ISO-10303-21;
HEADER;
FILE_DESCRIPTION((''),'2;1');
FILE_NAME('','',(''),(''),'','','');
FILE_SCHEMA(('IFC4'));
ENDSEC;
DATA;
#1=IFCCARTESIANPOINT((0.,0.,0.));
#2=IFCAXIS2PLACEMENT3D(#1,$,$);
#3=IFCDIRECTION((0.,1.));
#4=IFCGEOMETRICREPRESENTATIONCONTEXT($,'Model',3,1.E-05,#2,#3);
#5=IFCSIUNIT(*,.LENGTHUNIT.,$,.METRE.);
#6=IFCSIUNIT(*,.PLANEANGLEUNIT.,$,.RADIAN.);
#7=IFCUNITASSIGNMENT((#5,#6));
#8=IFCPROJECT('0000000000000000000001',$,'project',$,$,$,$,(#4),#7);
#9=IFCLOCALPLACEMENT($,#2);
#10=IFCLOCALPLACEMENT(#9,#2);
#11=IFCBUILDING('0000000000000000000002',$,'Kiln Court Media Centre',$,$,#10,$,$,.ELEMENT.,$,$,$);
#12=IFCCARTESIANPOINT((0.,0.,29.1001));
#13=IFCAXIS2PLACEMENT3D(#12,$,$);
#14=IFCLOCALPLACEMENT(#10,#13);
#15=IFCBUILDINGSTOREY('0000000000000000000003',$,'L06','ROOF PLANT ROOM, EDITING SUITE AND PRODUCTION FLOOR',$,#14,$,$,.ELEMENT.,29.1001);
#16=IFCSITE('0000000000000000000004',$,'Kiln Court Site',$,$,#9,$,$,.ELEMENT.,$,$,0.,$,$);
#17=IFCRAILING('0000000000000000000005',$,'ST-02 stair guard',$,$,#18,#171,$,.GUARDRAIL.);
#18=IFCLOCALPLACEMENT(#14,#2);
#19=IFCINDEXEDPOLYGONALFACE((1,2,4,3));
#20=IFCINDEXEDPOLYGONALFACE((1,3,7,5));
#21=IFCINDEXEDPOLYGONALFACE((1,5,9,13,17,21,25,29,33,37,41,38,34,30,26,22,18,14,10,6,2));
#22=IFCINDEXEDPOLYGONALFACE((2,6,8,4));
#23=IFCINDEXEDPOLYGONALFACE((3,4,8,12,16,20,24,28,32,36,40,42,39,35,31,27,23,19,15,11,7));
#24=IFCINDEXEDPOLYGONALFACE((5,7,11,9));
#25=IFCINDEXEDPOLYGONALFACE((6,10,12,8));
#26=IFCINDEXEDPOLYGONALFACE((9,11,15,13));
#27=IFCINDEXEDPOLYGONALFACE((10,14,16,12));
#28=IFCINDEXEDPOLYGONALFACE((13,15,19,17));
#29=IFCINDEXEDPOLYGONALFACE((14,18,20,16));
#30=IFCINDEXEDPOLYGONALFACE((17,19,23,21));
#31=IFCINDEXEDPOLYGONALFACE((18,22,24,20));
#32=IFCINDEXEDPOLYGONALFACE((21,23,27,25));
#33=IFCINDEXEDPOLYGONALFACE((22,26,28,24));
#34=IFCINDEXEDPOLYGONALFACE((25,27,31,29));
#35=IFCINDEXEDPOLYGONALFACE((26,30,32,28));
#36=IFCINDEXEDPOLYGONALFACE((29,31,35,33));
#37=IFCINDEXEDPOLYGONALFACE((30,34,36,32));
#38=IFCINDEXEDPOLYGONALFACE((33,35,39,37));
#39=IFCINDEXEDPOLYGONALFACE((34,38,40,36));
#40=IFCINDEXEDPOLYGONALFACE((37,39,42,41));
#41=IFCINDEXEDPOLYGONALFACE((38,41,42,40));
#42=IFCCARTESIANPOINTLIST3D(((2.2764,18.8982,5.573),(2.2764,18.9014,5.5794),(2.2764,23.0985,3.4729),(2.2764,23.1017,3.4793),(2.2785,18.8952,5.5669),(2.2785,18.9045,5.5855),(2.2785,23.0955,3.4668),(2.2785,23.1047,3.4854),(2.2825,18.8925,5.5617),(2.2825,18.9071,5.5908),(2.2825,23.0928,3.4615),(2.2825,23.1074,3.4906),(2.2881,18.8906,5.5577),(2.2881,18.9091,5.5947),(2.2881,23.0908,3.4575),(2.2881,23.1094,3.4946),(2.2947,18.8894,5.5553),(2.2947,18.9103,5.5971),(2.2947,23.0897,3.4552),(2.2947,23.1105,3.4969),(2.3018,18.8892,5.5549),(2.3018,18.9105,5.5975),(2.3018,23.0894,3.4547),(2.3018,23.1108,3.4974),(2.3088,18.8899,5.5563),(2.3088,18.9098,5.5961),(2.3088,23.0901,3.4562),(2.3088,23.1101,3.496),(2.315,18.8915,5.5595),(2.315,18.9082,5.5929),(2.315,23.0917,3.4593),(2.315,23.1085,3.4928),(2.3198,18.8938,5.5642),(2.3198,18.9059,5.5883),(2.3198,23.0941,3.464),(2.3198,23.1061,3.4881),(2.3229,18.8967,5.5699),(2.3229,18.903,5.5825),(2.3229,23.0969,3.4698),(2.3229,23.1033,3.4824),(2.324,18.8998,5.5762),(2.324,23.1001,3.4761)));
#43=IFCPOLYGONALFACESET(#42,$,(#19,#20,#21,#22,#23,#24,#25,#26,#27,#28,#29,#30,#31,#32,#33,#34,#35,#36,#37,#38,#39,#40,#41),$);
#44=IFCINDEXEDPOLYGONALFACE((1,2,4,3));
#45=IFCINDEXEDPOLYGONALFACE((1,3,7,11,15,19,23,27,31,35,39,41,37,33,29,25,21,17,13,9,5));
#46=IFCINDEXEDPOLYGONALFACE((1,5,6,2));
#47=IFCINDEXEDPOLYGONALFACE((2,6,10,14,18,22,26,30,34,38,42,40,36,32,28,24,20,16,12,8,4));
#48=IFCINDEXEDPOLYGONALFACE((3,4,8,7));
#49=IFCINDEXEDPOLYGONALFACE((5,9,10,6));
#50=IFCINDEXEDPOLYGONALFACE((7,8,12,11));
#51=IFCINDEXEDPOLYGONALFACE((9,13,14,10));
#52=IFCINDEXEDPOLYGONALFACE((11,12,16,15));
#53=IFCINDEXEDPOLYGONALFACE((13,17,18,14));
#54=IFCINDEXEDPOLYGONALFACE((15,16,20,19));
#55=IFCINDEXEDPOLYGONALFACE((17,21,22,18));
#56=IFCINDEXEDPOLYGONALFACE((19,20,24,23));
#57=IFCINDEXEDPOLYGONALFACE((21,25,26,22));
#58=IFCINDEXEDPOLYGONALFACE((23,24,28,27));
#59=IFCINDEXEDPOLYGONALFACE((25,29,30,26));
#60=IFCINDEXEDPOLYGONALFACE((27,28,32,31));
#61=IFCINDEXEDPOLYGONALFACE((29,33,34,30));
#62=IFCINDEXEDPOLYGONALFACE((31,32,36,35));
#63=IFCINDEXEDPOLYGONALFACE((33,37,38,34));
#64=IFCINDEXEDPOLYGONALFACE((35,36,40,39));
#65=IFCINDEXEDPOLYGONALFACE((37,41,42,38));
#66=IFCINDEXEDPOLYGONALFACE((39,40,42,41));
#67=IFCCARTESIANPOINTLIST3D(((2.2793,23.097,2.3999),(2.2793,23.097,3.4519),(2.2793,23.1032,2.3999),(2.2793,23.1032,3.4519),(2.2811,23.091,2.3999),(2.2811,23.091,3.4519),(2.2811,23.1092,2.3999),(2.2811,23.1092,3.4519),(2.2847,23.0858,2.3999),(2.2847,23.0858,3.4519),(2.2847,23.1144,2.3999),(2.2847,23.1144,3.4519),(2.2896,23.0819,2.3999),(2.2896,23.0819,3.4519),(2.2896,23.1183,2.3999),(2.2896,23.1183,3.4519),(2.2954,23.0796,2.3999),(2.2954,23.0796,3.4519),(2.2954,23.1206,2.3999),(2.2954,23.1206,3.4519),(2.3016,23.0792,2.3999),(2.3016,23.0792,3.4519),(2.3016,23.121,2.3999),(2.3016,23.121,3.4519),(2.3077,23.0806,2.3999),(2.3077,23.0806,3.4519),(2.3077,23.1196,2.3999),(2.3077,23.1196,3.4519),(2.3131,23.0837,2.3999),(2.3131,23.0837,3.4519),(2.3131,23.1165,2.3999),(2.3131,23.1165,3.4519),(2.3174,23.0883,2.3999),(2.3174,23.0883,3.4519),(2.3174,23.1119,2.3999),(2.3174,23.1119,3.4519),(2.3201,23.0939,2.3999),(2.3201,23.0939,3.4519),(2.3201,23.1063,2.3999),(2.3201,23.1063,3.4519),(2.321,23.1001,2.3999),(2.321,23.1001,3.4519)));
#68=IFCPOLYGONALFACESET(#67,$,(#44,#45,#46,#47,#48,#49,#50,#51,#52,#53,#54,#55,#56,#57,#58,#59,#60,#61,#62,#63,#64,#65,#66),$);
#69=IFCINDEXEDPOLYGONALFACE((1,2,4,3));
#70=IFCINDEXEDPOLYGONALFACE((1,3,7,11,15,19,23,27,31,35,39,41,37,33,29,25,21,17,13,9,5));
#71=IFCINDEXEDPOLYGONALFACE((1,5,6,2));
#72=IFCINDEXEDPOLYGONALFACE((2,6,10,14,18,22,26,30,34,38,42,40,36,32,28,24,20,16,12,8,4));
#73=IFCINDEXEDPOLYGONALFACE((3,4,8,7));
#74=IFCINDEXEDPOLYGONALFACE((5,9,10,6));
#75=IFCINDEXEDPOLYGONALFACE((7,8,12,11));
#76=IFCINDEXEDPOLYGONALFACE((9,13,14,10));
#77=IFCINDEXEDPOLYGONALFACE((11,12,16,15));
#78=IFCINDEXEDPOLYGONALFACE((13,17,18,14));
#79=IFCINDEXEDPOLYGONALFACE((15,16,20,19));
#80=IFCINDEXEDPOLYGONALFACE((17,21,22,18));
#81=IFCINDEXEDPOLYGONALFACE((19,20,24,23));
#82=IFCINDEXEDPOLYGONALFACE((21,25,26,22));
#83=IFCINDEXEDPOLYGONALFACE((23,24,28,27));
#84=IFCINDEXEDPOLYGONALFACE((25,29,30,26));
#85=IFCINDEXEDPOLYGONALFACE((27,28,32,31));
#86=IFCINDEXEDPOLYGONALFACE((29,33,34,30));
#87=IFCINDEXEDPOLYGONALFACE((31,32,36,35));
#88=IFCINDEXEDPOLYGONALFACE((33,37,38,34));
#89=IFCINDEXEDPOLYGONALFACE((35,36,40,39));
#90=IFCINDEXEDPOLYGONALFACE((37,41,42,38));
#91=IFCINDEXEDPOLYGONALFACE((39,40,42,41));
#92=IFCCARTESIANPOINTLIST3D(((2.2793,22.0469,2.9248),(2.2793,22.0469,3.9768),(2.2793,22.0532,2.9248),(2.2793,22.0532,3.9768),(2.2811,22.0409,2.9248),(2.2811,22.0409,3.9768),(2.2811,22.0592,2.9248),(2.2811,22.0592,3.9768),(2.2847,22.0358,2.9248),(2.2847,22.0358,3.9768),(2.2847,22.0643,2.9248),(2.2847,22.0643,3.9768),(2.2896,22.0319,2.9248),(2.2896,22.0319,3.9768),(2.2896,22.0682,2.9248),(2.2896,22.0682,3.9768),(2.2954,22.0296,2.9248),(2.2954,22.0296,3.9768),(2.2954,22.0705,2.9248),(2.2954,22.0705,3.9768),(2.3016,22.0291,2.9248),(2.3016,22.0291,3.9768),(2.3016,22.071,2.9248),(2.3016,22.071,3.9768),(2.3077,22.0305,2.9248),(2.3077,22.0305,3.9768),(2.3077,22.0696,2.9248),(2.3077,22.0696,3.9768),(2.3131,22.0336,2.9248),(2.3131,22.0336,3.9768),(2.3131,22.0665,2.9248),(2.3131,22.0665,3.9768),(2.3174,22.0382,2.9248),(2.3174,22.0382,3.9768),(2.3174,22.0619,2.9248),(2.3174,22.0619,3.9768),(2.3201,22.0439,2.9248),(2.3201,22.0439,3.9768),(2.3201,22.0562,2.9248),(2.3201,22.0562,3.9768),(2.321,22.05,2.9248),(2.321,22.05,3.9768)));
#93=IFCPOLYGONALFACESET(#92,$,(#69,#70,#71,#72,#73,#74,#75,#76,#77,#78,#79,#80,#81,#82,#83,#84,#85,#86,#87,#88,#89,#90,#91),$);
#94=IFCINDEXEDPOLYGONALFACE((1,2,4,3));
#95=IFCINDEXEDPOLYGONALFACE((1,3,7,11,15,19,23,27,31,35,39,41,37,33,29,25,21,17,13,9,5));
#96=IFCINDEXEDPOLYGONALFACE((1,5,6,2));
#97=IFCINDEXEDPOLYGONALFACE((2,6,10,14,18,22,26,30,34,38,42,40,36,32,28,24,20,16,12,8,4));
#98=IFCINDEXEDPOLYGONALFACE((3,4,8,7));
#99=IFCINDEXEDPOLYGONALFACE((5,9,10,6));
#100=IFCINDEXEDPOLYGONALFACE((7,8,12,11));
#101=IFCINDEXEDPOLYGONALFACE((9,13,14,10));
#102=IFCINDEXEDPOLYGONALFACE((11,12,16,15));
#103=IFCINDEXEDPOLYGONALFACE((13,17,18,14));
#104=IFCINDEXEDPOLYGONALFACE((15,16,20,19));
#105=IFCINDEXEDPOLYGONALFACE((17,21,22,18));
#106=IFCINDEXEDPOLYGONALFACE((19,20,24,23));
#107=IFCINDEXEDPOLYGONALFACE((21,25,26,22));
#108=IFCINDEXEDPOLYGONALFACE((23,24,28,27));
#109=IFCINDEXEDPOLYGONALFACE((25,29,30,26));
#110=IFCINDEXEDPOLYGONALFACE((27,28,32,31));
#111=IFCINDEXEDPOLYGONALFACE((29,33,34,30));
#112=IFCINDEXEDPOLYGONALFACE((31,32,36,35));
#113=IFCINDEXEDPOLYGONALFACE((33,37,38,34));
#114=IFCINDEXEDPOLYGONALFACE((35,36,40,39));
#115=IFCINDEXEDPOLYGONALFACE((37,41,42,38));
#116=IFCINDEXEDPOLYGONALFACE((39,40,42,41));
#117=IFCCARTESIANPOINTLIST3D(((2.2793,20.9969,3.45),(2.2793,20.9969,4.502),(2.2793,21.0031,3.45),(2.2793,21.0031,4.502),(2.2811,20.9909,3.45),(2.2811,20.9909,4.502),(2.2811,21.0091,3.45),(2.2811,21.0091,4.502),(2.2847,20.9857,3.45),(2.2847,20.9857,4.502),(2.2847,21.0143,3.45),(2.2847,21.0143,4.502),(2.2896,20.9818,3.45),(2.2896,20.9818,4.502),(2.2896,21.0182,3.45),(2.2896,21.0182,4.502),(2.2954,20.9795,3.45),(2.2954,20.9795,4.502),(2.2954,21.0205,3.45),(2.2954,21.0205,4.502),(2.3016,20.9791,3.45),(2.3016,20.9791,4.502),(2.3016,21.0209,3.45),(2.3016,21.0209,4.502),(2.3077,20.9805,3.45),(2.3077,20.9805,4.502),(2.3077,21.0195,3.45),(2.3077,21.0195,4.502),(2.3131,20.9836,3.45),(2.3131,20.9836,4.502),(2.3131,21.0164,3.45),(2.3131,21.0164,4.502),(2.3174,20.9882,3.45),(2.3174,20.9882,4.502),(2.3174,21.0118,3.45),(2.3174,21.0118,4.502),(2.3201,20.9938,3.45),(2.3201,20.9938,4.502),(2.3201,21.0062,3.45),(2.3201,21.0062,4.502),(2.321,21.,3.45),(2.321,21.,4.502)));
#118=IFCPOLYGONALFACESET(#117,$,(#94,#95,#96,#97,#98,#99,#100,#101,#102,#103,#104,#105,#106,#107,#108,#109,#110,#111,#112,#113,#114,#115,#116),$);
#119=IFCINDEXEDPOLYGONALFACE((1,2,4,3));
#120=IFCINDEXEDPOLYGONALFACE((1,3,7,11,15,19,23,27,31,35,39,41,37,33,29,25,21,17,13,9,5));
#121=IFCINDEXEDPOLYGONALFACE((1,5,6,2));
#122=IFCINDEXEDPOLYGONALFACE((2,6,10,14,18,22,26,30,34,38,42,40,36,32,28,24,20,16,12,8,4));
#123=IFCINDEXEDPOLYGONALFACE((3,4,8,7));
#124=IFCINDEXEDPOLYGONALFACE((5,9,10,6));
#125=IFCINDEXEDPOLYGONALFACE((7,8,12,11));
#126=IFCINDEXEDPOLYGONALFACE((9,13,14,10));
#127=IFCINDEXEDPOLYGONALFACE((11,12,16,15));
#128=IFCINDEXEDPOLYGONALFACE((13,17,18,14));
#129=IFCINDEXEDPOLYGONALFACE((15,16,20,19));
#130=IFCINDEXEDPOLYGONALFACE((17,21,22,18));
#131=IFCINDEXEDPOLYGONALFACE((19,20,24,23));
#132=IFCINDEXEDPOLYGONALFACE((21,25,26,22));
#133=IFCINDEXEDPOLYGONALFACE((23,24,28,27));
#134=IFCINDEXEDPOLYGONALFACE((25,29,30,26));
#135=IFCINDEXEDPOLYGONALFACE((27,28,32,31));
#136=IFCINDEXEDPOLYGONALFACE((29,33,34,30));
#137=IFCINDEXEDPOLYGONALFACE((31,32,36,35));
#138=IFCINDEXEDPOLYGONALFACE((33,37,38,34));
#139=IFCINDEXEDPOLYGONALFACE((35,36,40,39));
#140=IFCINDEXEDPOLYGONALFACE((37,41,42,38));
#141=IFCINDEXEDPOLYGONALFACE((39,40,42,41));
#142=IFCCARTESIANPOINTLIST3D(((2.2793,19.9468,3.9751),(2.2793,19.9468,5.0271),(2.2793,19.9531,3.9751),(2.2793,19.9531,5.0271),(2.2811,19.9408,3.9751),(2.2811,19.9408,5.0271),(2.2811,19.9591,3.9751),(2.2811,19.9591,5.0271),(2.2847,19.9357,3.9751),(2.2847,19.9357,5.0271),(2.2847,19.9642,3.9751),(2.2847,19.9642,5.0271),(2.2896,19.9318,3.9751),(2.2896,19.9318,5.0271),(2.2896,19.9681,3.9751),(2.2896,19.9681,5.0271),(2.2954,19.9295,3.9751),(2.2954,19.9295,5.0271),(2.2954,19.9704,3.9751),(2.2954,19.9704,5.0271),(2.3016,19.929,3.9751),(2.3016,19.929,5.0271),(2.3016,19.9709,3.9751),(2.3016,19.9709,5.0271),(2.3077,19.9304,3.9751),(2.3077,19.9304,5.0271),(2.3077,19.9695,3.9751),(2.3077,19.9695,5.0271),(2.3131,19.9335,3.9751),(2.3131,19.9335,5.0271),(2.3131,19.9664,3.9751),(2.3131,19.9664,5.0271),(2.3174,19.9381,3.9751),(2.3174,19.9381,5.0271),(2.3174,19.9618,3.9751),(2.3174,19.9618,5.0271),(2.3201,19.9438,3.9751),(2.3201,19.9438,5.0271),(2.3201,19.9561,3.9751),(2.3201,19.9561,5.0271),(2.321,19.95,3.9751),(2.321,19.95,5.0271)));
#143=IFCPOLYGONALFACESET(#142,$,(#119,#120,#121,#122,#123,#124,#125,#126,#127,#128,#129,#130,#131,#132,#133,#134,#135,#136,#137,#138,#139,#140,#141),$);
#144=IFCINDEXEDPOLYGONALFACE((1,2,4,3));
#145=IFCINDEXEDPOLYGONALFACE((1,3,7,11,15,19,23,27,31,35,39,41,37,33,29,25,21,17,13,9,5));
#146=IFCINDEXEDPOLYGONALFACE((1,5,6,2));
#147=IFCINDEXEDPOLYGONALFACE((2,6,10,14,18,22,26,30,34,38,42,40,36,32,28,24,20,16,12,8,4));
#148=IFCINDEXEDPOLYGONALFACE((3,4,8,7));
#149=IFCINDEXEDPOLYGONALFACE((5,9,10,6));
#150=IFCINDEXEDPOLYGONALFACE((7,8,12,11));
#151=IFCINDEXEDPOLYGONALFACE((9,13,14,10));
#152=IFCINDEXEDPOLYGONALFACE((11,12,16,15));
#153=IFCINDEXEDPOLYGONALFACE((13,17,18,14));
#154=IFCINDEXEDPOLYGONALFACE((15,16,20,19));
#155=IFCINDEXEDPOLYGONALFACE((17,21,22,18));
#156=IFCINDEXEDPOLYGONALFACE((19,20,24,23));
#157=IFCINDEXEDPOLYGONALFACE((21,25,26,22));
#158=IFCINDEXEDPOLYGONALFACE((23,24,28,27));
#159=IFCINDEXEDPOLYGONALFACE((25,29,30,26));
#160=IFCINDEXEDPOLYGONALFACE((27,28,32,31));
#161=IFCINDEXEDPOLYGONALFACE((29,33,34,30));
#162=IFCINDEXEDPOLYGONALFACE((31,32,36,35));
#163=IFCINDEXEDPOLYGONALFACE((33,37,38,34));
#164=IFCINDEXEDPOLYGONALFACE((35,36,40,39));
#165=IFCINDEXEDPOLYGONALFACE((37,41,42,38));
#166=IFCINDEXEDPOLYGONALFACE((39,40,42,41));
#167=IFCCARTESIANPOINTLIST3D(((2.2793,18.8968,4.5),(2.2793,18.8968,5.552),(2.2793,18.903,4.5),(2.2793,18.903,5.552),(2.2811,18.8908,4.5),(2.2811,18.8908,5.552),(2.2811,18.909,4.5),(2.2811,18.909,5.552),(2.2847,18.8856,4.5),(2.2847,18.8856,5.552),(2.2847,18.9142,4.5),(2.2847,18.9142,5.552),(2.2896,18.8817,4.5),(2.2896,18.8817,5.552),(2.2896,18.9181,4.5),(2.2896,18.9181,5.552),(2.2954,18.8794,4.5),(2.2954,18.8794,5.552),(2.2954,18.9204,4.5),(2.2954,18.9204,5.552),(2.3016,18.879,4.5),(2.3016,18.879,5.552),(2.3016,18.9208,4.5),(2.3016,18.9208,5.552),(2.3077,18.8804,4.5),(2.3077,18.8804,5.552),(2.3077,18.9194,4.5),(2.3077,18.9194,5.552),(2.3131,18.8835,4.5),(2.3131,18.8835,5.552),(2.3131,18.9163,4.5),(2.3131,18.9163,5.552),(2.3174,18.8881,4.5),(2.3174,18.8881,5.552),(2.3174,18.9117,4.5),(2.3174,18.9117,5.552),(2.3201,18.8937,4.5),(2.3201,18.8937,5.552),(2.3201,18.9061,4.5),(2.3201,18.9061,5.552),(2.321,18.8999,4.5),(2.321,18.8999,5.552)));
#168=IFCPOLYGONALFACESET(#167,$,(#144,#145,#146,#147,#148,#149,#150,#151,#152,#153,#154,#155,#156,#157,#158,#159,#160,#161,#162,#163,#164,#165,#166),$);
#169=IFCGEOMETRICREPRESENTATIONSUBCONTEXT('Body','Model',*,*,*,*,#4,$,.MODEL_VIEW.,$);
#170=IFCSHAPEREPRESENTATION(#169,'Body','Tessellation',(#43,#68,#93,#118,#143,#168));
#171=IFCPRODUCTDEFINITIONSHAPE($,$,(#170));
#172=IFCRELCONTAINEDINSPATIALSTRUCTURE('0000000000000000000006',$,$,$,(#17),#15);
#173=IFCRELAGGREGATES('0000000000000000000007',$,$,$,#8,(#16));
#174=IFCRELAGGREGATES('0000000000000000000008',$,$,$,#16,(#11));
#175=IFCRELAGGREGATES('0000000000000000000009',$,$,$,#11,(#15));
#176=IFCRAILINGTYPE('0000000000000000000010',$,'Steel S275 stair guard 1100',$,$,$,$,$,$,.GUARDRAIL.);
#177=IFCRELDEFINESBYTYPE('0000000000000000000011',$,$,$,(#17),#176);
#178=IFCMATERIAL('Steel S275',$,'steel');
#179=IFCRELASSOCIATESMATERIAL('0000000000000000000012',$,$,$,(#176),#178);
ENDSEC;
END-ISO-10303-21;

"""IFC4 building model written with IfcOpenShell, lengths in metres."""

from ifc_helpers import new_model, si_unit, direction, frame, origin, origin_2d, place, context, subcontext, project, spatial, circle, extrude, material, type_object, element, save


model = new_model("IFC4")

# Units and contexts
model_context = context("Model", 3, precision=1e-05, world=origin(), true_north=direction((0.0, 1.0)))
body_context = subcontext(model_context, "Body", "Model", "MODEL_VIEW")
ifc_project = project(units=[si_unit("LENGTHUNIT", "METRE"), si_unit("PLANEANGLEUNIT", "RADIAN")], contexts=[model_context])

# Site, building, storey
site_placement = place(None, origin())
site = spatial("IfcSite", under=ifc_project, at=site_placement, Name="Kiln Court Site", CompositionType="ELEMENT", RefElevation=0.0)
building_placement = place(site_placement, origin())
building = spatial("IfcBuilding", under=site, at=building_placement, Name="Kiln Court Media Centre", CompositionType="ELEMENT")
storey_placement = place(building_placement, frame((0.0, 0.0, 29.1001)))
storey = spatial("IfcBuildingStorey", under=building, at=storey_placement, Name="L06", Description="ROOF PLANT ROOM, EDITING SUITE AND PRODUCTION FLOOR", CompositionType="ELEMENT", Elevation=29.1001)

# Railing
ifc_material_1 = material(Name="Steel S275", Category="steel")
railing_type_1 = type_object("IfcRailingType", Name="Steel S275 stair guard 1100", PredefinedType="GUARDRAIL", material=ifc_material_1)
railing_1_placement = place(storey_placement, frame((2.3, 23.1001, 2.3999)))
element("IfcRailing", 1, at=railing_1_placement, inside=storey, type_object=railing_type_1, Name="ST-02 stair guard", PredefinedType="GUARDRAIL", context=body_context, shape_type="SweptSolid", body=[
    extrude(circle(Radius=0.0239, at=origin_2d()), frame((0.0, 0.0, 1.0762), z_axis=(0.0, -0.894427, 0.447214), x_axis=(1.0, 0.0, 0.0)), (0.0, 0.0, 1.0), 4.696),
    extrude(circle(Radius=0.021, at=origin_2d()), origin(), (0.0, 0.0, 1.0), 1.052),
    extrude(circle(Radius=0.021, at=origin_2d()), frame((0.0, -1.05, 0.5249)), (0.0, 0.0, 1.0), 1.052),
    extrude(circle(Radius=0.021, at=origin_2d()), frame((0.0, -2.1001, 1.05)), (0.0, 0.0, 1.0), 1.052),
    extrude(circle(Radius=0.021, at=origin_2d()), frame((0.0, -3.1501, 1.5752)), (0.0, 0.0, 1.0), 1.052),
    extrude(circle(Radius=0.021, at=origin_2d()), frame((0.0, -4.2002, 2.1001)), (0.0, 0.0, 1.0), 1.052),
])

save(model, "model.ifc")
